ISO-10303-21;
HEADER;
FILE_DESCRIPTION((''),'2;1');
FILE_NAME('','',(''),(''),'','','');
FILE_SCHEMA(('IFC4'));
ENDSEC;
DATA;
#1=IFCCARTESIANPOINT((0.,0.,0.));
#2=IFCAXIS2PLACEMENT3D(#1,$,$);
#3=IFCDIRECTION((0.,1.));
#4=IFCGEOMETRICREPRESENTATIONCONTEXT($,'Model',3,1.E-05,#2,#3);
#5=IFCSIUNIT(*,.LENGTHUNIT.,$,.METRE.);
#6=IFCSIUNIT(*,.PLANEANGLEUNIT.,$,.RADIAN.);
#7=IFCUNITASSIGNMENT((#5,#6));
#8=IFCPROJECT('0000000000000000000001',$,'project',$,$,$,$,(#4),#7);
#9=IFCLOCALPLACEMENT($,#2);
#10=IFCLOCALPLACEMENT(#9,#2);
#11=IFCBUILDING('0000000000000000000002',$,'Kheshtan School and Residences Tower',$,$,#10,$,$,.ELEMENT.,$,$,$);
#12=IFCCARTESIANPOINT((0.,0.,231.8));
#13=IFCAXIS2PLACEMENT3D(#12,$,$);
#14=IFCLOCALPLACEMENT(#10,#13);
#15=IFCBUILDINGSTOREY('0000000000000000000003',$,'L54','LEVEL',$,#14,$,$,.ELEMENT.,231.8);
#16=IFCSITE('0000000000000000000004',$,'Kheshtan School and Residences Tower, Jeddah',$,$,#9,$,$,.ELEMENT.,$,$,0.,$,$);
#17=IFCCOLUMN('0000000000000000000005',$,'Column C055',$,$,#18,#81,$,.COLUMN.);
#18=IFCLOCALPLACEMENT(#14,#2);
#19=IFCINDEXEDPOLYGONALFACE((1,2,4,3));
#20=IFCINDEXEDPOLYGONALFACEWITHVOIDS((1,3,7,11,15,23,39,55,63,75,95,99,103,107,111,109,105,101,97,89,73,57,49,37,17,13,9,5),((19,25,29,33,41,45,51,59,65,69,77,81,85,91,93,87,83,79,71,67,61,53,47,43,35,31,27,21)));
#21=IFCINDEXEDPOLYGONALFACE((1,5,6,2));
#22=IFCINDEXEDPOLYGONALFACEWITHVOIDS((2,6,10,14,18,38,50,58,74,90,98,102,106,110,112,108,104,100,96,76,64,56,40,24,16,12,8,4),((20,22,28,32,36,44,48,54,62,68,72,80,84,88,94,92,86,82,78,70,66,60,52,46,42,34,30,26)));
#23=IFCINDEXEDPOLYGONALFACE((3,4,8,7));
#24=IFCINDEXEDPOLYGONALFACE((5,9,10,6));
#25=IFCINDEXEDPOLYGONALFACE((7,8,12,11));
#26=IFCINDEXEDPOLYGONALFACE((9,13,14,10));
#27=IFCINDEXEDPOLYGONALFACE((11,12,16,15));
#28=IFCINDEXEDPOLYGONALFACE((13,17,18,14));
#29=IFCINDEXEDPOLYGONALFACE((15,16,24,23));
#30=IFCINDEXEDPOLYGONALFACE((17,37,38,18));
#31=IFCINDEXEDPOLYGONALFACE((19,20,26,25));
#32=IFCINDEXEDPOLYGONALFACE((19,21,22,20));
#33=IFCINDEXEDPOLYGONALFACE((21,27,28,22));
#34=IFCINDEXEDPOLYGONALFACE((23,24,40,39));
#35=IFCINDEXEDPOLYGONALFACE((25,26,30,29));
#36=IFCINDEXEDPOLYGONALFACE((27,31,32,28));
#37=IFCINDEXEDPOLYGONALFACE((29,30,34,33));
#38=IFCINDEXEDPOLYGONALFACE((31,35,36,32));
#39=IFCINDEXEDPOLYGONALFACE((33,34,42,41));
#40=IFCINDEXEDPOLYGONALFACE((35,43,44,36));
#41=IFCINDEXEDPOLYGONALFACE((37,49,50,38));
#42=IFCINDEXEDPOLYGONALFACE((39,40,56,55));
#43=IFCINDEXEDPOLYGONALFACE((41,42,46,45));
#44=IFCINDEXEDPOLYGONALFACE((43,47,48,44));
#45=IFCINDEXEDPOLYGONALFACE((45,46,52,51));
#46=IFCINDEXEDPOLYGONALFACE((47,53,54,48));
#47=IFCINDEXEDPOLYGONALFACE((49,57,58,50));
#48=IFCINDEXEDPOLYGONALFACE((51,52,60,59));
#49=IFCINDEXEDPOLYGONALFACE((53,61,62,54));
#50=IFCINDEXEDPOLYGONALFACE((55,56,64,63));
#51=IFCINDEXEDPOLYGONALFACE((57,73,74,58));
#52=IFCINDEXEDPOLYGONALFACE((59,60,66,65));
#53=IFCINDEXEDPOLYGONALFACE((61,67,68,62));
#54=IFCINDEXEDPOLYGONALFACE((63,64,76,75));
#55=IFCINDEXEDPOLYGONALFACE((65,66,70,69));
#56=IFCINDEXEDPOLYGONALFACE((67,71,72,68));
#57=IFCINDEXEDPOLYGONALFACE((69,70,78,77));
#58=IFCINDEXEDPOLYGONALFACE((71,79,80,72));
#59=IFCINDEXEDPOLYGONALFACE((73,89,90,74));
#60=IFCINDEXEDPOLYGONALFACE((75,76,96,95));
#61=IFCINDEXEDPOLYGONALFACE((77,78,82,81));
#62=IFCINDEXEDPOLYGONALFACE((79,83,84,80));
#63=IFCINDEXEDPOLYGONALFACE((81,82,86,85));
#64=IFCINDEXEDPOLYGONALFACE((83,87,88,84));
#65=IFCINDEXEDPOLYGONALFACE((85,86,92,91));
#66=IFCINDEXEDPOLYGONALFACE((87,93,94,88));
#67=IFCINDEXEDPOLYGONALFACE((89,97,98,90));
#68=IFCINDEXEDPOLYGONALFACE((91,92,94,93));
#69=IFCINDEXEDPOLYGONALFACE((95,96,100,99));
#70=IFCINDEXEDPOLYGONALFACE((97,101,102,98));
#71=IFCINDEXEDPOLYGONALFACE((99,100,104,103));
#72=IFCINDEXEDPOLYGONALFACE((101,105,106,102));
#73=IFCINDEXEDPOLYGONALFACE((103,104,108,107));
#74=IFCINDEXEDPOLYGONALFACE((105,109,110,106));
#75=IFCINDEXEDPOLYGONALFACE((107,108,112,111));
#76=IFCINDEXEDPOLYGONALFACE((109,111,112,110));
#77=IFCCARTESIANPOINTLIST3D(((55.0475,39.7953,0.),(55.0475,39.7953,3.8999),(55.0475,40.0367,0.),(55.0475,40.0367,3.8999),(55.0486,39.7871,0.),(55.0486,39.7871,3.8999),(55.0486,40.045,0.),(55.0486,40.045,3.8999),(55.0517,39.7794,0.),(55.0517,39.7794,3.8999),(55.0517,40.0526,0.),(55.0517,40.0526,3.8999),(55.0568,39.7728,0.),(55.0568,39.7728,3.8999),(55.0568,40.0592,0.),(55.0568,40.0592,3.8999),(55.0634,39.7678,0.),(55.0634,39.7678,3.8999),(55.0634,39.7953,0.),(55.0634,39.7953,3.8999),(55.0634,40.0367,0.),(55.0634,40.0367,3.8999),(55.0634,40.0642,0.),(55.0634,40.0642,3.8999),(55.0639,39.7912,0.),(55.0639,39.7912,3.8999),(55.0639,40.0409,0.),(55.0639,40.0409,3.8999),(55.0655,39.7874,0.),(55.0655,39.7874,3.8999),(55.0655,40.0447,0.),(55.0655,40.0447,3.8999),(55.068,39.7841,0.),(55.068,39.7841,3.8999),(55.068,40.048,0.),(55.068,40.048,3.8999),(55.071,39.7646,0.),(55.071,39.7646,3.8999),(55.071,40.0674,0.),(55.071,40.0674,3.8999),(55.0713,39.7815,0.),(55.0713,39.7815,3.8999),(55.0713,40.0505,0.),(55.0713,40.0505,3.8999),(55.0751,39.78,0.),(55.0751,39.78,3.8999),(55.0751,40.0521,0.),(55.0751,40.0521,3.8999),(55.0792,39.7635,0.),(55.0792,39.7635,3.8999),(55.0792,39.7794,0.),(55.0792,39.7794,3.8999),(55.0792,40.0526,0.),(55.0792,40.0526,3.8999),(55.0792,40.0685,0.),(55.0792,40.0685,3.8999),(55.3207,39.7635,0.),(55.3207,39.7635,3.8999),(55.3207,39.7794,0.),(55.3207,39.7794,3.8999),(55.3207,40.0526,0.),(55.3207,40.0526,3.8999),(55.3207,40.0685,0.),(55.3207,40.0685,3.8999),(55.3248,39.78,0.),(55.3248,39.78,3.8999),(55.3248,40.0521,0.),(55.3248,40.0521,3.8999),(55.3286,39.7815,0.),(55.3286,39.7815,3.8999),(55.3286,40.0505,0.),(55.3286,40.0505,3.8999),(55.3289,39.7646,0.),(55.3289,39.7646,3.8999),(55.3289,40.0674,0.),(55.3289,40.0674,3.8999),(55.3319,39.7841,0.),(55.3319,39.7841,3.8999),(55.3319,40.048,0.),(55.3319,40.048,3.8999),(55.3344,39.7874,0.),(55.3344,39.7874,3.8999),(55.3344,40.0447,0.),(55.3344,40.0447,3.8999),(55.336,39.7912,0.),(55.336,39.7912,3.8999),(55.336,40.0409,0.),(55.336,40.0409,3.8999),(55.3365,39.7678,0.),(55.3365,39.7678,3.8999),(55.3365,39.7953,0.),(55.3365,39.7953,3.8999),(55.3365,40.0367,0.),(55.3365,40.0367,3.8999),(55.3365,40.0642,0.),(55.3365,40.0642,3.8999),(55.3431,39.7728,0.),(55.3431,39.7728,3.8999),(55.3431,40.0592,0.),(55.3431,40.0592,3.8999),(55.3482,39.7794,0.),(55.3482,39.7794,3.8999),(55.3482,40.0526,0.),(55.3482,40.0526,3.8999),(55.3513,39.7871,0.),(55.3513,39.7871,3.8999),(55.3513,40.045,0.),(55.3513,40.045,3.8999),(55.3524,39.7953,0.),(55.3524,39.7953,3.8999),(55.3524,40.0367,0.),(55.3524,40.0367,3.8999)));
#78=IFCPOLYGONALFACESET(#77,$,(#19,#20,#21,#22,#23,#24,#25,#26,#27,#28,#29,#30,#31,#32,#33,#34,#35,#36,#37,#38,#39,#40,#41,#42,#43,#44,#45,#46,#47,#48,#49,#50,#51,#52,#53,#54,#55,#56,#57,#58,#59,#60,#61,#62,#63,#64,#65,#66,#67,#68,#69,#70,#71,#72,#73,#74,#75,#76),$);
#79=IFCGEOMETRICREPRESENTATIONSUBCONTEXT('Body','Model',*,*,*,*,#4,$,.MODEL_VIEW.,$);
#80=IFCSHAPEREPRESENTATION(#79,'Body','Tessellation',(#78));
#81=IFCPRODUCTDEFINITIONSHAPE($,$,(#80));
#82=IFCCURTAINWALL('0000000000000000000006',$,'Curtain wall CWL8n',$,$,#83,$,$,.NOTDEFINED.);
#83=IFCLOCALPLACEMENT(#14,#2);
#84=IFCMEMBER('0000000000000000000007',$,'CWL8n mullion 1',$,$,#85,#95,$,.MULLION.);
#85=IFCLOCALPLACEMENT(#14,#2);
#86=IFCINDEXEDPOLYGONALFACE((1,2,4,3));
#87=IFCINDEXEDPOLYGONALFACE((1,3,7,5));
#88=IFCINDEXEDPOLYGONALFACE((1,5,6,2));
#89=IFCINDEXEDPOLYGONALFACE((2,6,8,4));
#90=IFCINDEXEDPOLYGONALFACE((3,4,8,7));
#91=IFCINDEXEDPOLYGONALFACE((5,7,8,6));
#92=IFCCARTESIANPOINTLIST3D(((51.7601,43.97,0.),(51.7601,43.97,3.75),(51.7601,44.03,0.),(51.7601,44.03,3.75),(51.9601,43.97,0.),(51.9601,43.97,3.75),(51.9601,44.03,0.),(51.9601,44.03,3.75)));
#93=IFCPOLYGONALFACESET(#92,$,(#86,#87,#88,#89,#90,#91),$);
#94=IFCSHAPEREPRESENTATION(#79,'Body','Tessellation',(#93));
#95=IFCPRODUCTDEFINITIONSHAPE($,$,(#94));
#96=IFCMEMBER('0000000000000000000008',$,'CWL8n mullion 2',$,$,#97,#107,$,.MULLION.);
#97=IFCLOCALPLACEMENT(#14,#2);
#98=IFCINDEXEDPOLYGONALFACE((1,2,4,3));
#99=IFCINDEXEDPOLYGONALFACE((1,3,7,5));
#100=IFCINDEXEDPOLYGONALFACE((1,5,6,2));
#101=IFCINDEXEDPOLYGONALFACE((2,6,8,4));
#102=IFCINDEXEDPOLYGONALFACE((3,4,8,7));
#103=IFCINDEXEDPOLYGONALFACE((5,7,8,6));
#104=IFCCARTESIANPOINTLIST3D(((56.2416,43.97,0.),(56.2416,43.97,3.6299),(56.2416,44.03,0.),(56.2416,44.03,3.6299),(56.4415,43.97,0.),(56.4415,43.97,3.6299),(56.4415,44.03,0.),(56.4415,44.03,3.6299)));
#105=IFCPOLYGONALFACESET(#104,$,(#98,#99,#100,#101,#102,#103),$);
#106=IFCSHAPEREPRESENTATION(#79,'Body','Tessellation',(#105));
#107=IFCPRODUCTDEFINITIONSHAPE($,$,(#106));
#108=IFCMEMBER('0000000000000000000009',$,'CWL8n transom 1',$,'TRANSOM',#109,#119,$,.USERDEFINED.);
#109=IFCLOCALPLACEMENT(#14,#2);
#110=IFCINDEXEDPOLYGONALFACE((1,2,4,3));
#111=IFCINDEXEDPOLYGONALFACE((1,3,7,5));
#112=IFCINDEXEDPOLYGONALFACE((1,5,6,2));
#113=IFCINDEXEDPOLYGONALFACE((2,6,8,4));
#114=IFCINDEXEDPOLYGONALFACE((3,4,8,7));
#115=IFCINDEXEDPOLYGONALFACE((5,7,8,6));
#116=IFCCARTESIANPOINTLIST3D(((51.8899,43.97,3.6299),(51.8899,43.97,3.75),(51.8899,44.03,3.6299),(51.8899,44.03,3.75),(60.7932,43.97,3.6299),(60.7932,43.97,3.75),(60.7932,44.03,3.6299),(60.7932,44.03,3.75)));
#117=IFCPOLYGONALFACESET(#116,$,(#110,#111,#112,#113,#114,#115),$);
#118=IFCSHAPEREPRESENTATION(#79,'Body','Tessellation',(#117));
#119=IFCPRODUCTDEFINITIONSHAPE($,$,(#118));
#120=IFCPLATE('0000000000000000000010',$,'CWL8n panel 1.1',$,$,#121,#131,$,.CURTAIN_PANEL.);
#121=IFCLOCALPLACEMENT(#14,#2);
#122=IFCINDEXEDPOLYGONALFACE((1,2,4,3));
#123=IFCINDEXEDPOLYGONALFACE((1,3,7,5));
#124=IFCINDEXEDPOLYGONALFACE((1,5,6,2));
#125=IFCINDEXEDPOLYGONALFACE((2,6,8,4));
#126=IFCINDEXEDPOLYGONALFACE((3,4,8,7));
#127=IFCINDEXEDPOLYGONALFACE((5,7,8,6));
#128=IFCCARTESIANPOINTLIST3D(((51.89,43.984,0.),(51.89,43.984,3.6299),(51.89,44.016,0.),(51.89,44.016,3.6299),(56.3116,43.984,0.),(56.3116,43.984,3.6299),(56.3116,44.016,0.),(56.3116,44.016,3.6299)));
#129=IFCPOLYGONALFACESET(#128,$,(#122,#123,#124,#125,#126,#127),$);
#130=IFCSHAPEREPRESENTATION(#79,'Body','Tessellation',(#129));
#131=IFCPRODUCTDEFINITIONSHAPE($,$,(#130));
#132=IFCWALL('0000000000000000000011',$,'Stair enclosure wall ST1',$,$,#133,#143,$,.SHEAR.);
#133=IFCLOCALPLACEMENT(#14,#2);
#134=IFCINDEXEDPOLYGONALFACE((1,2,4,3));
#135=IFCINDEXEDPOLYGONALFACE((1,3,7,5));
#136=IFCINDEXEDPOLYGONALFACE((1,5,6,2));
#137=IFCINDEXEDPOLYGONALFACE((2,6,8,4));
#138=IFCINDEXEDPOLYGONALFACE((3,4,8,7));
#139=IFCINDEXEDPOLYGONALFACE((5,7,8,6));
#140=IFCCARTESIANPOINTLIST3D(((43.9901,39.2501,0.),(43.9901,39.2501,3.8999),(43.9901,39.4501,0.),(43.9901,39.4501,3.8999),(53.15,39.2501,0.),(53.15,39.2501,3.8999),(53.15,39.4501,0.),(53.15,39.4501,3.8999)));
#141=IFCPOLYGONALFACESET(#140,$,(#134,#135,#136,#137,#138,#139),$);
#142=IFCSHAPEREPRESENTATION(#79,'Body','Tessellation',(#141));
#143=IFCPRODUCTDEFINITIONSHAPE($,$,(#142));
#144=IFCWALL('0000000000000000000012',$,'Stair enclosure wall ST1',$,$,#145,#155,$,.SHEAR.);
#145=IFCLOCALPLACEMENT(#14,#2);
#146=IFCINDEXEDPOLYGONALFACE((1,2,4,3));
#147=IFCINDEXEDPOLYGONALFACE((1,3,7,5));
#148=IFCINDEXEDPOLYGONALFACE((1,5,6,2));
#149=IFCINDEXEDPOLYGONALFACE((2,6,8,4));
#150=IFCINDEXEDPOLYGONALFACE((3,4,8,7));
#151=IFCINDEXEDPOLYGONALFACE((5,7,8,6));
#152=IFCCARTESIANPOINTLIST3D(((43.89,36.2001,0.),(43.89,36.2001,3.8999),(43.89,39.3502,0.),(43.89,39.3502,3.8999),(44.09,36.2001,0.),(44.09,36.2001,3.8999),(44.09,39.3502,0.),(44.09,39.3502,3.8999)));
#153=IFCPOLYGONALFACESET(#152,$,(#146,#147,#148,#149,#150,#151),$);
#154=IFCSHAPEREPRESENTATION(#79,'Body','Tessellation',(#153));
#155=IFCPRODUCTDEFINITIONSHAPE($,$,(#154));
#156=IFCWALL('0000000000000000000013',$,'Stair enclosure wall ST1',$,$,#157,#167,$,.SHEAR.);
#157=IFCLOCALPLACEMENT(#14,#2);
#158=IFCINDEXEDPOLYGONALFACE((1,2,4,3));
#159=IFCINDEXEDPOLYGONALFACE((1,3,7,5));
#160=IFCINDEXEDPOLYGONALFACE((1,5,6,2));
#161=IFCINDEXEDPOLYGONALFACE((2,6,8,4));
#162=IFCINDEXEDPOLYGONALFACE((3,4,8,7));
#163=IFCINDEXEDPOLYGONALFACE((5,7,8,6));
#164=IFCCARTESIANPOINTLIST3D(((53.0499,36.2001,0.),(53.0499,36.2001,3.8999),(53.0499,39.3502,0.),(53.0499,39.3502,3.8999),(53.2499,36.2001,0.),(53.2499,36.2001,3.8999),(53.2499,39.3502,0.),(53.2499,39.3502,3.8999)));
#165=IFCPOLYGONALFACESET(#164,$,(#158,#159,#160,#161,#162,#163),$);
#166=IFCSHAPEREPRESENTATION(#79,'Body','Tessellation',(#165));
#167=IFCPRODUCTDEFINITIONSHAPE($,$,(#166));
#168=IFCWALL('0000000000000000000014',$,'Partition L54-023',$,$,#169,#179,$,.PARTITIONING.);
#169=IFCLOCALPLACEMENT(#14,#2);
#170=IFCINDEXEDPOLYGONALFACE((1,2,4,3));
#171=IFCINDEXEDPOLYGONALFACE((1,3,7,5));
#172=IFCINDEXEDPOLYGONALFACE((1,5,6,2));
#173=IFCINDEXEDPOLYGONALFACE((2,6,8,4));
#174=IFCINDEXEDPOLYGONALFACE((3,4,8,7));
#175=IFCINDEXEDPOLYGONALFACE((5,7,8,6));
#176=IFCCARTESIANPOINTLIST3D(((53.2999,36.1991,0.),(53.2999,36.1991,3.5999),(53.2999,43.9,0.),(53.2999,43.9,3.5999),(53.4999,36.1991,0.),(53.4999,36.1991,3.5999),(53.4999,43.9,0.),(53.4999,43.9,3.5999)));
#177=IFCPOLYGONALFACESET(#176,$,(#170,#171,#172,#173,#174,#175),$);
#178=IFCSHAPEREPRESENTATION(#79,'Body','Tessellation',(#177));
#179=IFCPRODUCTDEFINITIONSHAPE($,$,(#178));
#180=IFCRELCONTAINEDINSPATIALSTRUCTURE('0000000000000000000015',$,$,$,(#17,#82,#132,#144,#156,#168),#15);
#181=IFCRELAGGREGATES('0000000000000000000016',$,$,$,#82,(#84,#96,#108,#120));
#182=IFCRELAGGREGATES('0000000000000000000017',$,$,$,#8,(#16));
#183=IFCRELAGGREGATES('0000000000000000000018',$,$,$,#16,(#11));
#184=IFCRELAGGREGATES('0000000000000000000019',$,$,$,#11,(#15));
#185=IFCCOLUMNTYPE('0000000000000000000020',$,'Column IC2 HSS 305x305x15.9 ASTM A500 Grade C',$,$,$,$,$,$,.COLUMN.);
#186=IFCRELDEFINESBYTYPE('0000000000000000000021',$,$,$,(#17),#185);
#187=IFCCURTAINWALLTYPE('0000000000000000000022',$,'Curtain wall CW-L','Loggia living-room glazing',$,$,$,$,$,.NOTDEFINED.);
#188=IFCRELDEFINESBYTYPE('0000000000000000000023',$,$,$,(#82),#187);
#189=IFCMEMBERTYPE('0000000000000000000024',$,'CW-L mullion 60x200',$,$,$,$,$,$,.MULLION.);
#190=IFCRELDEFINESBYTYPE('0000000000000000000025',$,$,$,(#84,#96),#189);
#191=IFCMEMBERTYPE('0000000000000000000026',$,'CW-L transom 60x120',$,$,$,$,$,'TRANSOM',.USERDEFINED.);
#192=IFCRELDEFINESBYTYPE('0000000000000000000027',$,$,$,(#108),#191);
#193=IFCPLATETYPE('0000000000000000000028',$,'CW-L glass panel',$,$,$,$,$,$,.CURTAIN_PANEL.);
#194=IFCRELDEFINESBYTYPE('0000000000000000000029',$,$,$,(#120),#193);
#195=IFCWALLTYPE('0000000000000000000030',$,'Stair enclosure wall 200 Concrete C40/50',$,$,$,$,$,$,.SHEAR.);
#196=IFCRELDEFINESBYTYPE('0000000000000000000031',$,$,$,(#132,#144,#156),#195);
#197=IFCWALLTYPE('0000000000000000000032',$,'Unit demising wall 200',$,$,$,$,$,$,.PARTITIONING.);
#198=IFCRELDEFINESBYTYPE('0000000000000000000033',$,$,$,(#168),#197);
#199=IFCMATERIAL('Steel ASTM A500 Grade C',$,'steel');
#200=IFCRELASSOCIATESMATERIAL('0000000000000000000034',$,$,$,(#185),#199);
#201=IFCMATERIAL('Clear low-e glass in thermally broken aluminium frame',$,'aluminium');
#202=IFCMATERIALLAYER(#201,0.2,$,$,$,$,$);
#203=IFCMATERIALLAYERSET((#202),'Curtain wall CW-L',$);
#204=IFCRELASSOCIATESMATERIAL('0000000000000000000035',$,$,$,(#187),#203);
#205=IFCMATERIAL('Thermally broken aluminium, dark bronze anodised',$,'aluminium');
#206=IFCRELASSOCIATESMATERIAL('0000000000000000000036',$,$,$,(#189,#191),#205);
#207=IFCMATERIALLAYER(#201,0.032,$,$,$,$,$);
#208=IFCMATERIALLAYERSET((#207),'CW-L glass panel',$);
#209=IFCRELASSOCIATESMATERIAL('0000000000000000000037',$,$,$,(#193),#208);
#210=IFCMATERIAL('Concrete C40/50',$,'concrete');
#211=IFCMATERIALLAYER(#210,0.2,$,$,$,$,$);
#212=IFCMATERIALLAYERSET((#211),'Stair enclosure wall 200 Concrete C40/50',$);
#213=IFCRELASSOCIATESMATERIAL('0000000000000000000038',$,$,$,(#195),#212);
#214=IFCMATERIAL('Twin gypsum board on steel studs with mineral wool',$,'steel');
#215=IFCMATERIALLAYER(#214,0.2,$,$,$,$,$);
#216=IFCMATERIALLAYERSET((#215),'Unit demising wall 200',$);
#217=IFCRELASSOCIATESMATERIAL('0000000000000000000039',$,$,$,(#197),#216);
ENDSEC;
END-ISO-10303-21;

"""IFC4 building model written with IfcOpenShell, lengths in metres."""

from ifc_helpers import new_model, si_unit, direction, frame, frame_2d, origin, origin_2d, place, context, subcontext, project, spatial, rectangle, hollow_rectangle, extrude, material, layer, layer_set, material_profile, profile_set, type_object, element, aggregate, save


model = new_model("IFC4")

# Units and contexts
model_context = context("Model", 3, precision=1e-05, world=origin(), true_north=direction((0.0, 1.0)))
body_context = subcontext(model_context, "Body", "Model", "MODEL_VIEW")
ifc_project = project(units=[si_unit("LENGTHUNIT", "METRE"), si_unit("PLANEANGLEUNIT", "RADIAN")], contexts=[model_context])

# Site, building, storey
site_placement = place(None, origin())
site = spatial("IfcSite", under=ifc_project, at=site_placement, Name="Kheshtan School and Residences Tower, Jeddah", CompositionType="ELEMENT", RefElevation=0.0)
building_placement = place(site_placement, origin())
building = spatial("IfcBuilding", under=site, at=building_placement, Name="Kheshtan School and Residences Tower", CompositionType="ELEMENT")
storey_placement = place(building_placement, frame((0.0, 0.0, 231.8)))
storey = spatial("IfcBuildingStorey", under=building, at=storey_placement, Name="L54", Description="LEVEL", CompositionType="ELEMENT", Elevation=231.8)

# Column
ifc_material_1 = material(Name="Steel ASTM A500 Grade C", Category="steel")
ifc_material_profile_1 = material_profile(ifc_material_1, hollow_rectangle(XDim=0.3049, YDim=0.3049, WallThickness=0.0159, InnerFilletRadius=0.0159, OuterFilletRadius=0.0317, at=origin_2d()), Name="HSS 305x305x15.9")
ifc_profile_set_1 = profile_set([ifc_material_profile_1], Name="Steel ASTM A500 Grade C")
column_type = type_object("IfcColumnType", Name="Column IC2 HSS 305x305x15.9 ASTM A500 Grade C", PredefinedType="COLUMN", material=ifc_profile_set_1)
column_placement = place(storey_placement, frame((55.2, 39.916, 0.0), z_axis=(0.0, 0.0, 1.0), x_axis=(1.0, 0.0, 0.0)))
element("IfcColumn", 1, at=column_placement, inside=storey, type_object=column_type, Name="Column C055", PredefinedType="COLUMN", context=body_context, shape_type="SweptSolid", body=[
    extrude(hollow_rectangle(XDim=0.3049, YDim=0.3049, WallThickness=0.0159, InnerFilletRadius=0.0159, OuterFilletRadius=0.0317, at=origin_2d()), origin(), (0.0, 0.0, 1.0), 3.8999),
])

# Curtain wall, members, plate
ifc_material_2 = material(Name="Clear low-e glass in thermally broken aluminium frame", Category="aluminium")
ifc_layer_1 = layer(ifc_material_2, 0.2)
ifc_layer_set_1 = layer_set([ifc_layer_1], Name="Curtain wall CW-L")
curtain_wall_type = type_object("IfcCurtainWallType", Name="Curtain wall CW-L", Description="Loggia living-room glazing", PredefinedType="NOTDEFINED", material=ifc_layer_set_1)
curtain_wall_placement = place(storey_placement, origin())
curtain_wall = element("IfcCurtainWall", 2, at=curtain_wall_placement, inside=storey, type_object=curtain_wall_type, Name="Curtain wall CWL8n", PredefinedType="NOTDEFINED")
ifc_material_3 = material(Name="Thermally broken aluminium, dark bronze anodised", Category="aluminium")
ifc_material_profile_2 = material_profile(ifc_material_3, rectangle(XDim=0.0601, YDim=0.2, at=origin_2d()), Name="CW-L mullion 60x200")
ifc_profile_set_2 = profile_set([ifc_material_profile_2], Name="Thermally broken aluminium, dark bronze anodised")
member_type_1 = type_object("IfcMemberType", Name="CW-L mullion 60x200", PredefinedType="MULLION", material=ifc_profile_set_2)
member_1_placement = place(storey_placement, frame((51.8601, 44.0, 0.0), z_axis=(0.0, 0.0, 1.0), x_axis=(0.0, 1.0, 0.0)))
member_1 = element("IfcMember", 3, at=member_1_placement, type_object=member_type_1, Name="CWL8n mullion 1", PredefinedType="MULLION", context=body_context, shape_type="SweptSolid", body=[
    extrude(rectangle(XDim=0.0601, YDim=0.2, at=origin_2d()), origin(), (0.0, 0.0, 1.0), 3.75),
])
member_2_placement = place(storey_placement, frame((56.3416, 44.0, 0.0), z_axis=(0.0, 0.0, 1.0), x_axis=(0.0, 1.0, 0.0)))
member_2 = element("IfcMember", 4, at=member_2_placement, type_object=member_type_1, Name="CWL8n mullion 2", PredefinedType="MULLION", context=body_context, shape_type="SweptSolid", body=[
    extrude(rectangle(XDim=0.0601, YDim=0.2, at=origin_2d()), origin(), (0.0, 0.0, 1.0), 3.6299),
])
ifc_material_profile_3 = material_profile(ifc_material_3, rectangle(XDim=0.0601, YDim=0.1201, at=origin_2d()), Name="CW-L transom 60x120")
ifc_profile_set_3 = profile_set([ifc_material_profile_3], Name="Thermally broken aluminium, dark bronze anodised")
member_type_2 = type_object("IfcMemberType", Name="CW-L transom 60x120", ElementType="TRANSOM", PredefinedType="USERDEFINED", material=ifc_profile_set_3)
member_3_placement = place(storey_placement, frame((51.8899, 44.0, 3.6899), z_axis=(1.0, 0.0, 0.0), x_axis=(0.0, 1.0, 0.0)))
member_3 = element("IfcMember", 5, at=member_3_placement, type_object=member_type_2, Name="CWL8n transom 1", ObjectType="TRANSOM", PredefinedType="USERDEFINED", context=body_context, shape_type="SweptSolid", body=[
    extrude(rectangle(XDim=0.0601, YDim=0.1201, at=origin_2d()), origin(), (0.0, 0.0, 1.0), 8.9033),
])
ifc_layer_2 = layer(ifc_material_2, 0.032)
ifc_layer_set_2 = layer_set([ifc_layer_2], Name="CW-L glass panel")
plate_type = type_object("IfcPlateType", Name="CW-L glass panel", PredefinedType="CURTAIN_PANEL", material=ifc_layer_set_2)
plate_placement = place(storey_placement, frame((54.1008, 44.0, 0.0), z_axis=(0.0, 0.0, 1.0), x_axis=(1.0, 0.0, 0.0)))
plate = element("IfcPlate", 6, at=plate_placement, type_object=plate_type, Name="CWL8n panel 1.1", PredefinedType="CURTAIN_PANEL", context=body_context, shape_type="SweptSolid", body=[
    extrude(rectangle(XDim=4.4216, YDim=0.032, at=origin_2d()), origin(), (0.0, 0.0, 1.0), 3.6299),
])
aggregate(curtain_wall, [member_1, member_2, member_3, plate])

# Walls
ifc_material_4 = material(Name="Concrete C40/50", Category="concrete")
ifc_layer_3 = layer(ifc_material_4, 0.2)
ifc_layer_set_3 = layer_set([ifc_layer_3], Name="Stair enclosure wall 200 Concrete C40/50")
wall_type_1 = type_object("IfcWallType", Name="Stair enclosure wall 200 Concrete C40/50", PredefinedType="SHEAR", material=ifc_layer_set_3)
wall_1_placement = place(storey_placement, frame((43.99, 39.3501, 0.0), z_axis=(0.0, 0.0, 1.0), x_axis=(1.0, 0.0, 0.0)))
element("IfcWall", 7, at=wall_1_placement, inside=storey, type_object=wall_type_1, Name="Stair enclosure wall ST1", PredefinedType="SHEAR", context=body_context, shape_type="SweptSolid", body=[
    extrude(rectangle(XDim=9.1599, YDim=0.2, at=frame_2d((4.5801, 0.0))), origin(), (0.0, 0.0, 1.0), 3.8999),
])
for number, where, z_axis, x_axis, name in (
    (8, (43.99, 36.2, 0.0), (0.0, 0.0, 1.0), (0.0, 1.0, 0.0), "Stair enclosure wall ST1"),
    (9, (53.1499, 36.2, 0.0), (0.0, 0.0, 1.0), (0.0, 1.0, 0.0), "Stair enclosure wall ST1"),
):
    element("IfcWall", number, at=place(storey_placement, frame(where, z_axis=z_axis, x_axis=x_axis)), inside=storey, type_object=wall_type_1, Name=name, PredefinedType="SHEAR", context=body_context, shape_type="SweptSolid", body=[
        extrude(rectangle(XDim=3.1501, YDim=0.2, at=frame_2d((1.5752, 0.0))), origin(), (0.0, 0.0, 1.0), 3.8999),
    ])
ifc_material_5 = material(Name="Twin gypsum board on steel studs with mineral wool", Category="steel")
ifc_layer_4 = layer(ifc_material_5, 0.2)
ifc_layer_set_4 = layer_set([ifc_layer_4], Name="Unit demising wall 200")
wall_type_2 = type_object("IfcWallType", Name="Unit demising wall 200", PredefinedType="PARTITIONING", material=ifc_layer_set_4)
wall_2_placement = place(storey_placement, frame((53.3999, 36.199, 0.0), z_axis=(0.0, 0.0, 1.0), x_axis=(0.0, 1.0, 0.0)))
element("IfcWall", 10, at=wall_2_placement, inside=storey, type_object=wall_type_2, Name="Partition L54-023", PredefinedType="PARTITIONING", context=body_context, shape_type="SweptSolid", body=[
    extrude(rectangle(XDim=7.7009, YDim=0.2, at=frame_2d((3.8506, 0.0))), origin(), (0.0, 0.0, 1.0), 3.5999),
])

save(model, "model.ifc")
